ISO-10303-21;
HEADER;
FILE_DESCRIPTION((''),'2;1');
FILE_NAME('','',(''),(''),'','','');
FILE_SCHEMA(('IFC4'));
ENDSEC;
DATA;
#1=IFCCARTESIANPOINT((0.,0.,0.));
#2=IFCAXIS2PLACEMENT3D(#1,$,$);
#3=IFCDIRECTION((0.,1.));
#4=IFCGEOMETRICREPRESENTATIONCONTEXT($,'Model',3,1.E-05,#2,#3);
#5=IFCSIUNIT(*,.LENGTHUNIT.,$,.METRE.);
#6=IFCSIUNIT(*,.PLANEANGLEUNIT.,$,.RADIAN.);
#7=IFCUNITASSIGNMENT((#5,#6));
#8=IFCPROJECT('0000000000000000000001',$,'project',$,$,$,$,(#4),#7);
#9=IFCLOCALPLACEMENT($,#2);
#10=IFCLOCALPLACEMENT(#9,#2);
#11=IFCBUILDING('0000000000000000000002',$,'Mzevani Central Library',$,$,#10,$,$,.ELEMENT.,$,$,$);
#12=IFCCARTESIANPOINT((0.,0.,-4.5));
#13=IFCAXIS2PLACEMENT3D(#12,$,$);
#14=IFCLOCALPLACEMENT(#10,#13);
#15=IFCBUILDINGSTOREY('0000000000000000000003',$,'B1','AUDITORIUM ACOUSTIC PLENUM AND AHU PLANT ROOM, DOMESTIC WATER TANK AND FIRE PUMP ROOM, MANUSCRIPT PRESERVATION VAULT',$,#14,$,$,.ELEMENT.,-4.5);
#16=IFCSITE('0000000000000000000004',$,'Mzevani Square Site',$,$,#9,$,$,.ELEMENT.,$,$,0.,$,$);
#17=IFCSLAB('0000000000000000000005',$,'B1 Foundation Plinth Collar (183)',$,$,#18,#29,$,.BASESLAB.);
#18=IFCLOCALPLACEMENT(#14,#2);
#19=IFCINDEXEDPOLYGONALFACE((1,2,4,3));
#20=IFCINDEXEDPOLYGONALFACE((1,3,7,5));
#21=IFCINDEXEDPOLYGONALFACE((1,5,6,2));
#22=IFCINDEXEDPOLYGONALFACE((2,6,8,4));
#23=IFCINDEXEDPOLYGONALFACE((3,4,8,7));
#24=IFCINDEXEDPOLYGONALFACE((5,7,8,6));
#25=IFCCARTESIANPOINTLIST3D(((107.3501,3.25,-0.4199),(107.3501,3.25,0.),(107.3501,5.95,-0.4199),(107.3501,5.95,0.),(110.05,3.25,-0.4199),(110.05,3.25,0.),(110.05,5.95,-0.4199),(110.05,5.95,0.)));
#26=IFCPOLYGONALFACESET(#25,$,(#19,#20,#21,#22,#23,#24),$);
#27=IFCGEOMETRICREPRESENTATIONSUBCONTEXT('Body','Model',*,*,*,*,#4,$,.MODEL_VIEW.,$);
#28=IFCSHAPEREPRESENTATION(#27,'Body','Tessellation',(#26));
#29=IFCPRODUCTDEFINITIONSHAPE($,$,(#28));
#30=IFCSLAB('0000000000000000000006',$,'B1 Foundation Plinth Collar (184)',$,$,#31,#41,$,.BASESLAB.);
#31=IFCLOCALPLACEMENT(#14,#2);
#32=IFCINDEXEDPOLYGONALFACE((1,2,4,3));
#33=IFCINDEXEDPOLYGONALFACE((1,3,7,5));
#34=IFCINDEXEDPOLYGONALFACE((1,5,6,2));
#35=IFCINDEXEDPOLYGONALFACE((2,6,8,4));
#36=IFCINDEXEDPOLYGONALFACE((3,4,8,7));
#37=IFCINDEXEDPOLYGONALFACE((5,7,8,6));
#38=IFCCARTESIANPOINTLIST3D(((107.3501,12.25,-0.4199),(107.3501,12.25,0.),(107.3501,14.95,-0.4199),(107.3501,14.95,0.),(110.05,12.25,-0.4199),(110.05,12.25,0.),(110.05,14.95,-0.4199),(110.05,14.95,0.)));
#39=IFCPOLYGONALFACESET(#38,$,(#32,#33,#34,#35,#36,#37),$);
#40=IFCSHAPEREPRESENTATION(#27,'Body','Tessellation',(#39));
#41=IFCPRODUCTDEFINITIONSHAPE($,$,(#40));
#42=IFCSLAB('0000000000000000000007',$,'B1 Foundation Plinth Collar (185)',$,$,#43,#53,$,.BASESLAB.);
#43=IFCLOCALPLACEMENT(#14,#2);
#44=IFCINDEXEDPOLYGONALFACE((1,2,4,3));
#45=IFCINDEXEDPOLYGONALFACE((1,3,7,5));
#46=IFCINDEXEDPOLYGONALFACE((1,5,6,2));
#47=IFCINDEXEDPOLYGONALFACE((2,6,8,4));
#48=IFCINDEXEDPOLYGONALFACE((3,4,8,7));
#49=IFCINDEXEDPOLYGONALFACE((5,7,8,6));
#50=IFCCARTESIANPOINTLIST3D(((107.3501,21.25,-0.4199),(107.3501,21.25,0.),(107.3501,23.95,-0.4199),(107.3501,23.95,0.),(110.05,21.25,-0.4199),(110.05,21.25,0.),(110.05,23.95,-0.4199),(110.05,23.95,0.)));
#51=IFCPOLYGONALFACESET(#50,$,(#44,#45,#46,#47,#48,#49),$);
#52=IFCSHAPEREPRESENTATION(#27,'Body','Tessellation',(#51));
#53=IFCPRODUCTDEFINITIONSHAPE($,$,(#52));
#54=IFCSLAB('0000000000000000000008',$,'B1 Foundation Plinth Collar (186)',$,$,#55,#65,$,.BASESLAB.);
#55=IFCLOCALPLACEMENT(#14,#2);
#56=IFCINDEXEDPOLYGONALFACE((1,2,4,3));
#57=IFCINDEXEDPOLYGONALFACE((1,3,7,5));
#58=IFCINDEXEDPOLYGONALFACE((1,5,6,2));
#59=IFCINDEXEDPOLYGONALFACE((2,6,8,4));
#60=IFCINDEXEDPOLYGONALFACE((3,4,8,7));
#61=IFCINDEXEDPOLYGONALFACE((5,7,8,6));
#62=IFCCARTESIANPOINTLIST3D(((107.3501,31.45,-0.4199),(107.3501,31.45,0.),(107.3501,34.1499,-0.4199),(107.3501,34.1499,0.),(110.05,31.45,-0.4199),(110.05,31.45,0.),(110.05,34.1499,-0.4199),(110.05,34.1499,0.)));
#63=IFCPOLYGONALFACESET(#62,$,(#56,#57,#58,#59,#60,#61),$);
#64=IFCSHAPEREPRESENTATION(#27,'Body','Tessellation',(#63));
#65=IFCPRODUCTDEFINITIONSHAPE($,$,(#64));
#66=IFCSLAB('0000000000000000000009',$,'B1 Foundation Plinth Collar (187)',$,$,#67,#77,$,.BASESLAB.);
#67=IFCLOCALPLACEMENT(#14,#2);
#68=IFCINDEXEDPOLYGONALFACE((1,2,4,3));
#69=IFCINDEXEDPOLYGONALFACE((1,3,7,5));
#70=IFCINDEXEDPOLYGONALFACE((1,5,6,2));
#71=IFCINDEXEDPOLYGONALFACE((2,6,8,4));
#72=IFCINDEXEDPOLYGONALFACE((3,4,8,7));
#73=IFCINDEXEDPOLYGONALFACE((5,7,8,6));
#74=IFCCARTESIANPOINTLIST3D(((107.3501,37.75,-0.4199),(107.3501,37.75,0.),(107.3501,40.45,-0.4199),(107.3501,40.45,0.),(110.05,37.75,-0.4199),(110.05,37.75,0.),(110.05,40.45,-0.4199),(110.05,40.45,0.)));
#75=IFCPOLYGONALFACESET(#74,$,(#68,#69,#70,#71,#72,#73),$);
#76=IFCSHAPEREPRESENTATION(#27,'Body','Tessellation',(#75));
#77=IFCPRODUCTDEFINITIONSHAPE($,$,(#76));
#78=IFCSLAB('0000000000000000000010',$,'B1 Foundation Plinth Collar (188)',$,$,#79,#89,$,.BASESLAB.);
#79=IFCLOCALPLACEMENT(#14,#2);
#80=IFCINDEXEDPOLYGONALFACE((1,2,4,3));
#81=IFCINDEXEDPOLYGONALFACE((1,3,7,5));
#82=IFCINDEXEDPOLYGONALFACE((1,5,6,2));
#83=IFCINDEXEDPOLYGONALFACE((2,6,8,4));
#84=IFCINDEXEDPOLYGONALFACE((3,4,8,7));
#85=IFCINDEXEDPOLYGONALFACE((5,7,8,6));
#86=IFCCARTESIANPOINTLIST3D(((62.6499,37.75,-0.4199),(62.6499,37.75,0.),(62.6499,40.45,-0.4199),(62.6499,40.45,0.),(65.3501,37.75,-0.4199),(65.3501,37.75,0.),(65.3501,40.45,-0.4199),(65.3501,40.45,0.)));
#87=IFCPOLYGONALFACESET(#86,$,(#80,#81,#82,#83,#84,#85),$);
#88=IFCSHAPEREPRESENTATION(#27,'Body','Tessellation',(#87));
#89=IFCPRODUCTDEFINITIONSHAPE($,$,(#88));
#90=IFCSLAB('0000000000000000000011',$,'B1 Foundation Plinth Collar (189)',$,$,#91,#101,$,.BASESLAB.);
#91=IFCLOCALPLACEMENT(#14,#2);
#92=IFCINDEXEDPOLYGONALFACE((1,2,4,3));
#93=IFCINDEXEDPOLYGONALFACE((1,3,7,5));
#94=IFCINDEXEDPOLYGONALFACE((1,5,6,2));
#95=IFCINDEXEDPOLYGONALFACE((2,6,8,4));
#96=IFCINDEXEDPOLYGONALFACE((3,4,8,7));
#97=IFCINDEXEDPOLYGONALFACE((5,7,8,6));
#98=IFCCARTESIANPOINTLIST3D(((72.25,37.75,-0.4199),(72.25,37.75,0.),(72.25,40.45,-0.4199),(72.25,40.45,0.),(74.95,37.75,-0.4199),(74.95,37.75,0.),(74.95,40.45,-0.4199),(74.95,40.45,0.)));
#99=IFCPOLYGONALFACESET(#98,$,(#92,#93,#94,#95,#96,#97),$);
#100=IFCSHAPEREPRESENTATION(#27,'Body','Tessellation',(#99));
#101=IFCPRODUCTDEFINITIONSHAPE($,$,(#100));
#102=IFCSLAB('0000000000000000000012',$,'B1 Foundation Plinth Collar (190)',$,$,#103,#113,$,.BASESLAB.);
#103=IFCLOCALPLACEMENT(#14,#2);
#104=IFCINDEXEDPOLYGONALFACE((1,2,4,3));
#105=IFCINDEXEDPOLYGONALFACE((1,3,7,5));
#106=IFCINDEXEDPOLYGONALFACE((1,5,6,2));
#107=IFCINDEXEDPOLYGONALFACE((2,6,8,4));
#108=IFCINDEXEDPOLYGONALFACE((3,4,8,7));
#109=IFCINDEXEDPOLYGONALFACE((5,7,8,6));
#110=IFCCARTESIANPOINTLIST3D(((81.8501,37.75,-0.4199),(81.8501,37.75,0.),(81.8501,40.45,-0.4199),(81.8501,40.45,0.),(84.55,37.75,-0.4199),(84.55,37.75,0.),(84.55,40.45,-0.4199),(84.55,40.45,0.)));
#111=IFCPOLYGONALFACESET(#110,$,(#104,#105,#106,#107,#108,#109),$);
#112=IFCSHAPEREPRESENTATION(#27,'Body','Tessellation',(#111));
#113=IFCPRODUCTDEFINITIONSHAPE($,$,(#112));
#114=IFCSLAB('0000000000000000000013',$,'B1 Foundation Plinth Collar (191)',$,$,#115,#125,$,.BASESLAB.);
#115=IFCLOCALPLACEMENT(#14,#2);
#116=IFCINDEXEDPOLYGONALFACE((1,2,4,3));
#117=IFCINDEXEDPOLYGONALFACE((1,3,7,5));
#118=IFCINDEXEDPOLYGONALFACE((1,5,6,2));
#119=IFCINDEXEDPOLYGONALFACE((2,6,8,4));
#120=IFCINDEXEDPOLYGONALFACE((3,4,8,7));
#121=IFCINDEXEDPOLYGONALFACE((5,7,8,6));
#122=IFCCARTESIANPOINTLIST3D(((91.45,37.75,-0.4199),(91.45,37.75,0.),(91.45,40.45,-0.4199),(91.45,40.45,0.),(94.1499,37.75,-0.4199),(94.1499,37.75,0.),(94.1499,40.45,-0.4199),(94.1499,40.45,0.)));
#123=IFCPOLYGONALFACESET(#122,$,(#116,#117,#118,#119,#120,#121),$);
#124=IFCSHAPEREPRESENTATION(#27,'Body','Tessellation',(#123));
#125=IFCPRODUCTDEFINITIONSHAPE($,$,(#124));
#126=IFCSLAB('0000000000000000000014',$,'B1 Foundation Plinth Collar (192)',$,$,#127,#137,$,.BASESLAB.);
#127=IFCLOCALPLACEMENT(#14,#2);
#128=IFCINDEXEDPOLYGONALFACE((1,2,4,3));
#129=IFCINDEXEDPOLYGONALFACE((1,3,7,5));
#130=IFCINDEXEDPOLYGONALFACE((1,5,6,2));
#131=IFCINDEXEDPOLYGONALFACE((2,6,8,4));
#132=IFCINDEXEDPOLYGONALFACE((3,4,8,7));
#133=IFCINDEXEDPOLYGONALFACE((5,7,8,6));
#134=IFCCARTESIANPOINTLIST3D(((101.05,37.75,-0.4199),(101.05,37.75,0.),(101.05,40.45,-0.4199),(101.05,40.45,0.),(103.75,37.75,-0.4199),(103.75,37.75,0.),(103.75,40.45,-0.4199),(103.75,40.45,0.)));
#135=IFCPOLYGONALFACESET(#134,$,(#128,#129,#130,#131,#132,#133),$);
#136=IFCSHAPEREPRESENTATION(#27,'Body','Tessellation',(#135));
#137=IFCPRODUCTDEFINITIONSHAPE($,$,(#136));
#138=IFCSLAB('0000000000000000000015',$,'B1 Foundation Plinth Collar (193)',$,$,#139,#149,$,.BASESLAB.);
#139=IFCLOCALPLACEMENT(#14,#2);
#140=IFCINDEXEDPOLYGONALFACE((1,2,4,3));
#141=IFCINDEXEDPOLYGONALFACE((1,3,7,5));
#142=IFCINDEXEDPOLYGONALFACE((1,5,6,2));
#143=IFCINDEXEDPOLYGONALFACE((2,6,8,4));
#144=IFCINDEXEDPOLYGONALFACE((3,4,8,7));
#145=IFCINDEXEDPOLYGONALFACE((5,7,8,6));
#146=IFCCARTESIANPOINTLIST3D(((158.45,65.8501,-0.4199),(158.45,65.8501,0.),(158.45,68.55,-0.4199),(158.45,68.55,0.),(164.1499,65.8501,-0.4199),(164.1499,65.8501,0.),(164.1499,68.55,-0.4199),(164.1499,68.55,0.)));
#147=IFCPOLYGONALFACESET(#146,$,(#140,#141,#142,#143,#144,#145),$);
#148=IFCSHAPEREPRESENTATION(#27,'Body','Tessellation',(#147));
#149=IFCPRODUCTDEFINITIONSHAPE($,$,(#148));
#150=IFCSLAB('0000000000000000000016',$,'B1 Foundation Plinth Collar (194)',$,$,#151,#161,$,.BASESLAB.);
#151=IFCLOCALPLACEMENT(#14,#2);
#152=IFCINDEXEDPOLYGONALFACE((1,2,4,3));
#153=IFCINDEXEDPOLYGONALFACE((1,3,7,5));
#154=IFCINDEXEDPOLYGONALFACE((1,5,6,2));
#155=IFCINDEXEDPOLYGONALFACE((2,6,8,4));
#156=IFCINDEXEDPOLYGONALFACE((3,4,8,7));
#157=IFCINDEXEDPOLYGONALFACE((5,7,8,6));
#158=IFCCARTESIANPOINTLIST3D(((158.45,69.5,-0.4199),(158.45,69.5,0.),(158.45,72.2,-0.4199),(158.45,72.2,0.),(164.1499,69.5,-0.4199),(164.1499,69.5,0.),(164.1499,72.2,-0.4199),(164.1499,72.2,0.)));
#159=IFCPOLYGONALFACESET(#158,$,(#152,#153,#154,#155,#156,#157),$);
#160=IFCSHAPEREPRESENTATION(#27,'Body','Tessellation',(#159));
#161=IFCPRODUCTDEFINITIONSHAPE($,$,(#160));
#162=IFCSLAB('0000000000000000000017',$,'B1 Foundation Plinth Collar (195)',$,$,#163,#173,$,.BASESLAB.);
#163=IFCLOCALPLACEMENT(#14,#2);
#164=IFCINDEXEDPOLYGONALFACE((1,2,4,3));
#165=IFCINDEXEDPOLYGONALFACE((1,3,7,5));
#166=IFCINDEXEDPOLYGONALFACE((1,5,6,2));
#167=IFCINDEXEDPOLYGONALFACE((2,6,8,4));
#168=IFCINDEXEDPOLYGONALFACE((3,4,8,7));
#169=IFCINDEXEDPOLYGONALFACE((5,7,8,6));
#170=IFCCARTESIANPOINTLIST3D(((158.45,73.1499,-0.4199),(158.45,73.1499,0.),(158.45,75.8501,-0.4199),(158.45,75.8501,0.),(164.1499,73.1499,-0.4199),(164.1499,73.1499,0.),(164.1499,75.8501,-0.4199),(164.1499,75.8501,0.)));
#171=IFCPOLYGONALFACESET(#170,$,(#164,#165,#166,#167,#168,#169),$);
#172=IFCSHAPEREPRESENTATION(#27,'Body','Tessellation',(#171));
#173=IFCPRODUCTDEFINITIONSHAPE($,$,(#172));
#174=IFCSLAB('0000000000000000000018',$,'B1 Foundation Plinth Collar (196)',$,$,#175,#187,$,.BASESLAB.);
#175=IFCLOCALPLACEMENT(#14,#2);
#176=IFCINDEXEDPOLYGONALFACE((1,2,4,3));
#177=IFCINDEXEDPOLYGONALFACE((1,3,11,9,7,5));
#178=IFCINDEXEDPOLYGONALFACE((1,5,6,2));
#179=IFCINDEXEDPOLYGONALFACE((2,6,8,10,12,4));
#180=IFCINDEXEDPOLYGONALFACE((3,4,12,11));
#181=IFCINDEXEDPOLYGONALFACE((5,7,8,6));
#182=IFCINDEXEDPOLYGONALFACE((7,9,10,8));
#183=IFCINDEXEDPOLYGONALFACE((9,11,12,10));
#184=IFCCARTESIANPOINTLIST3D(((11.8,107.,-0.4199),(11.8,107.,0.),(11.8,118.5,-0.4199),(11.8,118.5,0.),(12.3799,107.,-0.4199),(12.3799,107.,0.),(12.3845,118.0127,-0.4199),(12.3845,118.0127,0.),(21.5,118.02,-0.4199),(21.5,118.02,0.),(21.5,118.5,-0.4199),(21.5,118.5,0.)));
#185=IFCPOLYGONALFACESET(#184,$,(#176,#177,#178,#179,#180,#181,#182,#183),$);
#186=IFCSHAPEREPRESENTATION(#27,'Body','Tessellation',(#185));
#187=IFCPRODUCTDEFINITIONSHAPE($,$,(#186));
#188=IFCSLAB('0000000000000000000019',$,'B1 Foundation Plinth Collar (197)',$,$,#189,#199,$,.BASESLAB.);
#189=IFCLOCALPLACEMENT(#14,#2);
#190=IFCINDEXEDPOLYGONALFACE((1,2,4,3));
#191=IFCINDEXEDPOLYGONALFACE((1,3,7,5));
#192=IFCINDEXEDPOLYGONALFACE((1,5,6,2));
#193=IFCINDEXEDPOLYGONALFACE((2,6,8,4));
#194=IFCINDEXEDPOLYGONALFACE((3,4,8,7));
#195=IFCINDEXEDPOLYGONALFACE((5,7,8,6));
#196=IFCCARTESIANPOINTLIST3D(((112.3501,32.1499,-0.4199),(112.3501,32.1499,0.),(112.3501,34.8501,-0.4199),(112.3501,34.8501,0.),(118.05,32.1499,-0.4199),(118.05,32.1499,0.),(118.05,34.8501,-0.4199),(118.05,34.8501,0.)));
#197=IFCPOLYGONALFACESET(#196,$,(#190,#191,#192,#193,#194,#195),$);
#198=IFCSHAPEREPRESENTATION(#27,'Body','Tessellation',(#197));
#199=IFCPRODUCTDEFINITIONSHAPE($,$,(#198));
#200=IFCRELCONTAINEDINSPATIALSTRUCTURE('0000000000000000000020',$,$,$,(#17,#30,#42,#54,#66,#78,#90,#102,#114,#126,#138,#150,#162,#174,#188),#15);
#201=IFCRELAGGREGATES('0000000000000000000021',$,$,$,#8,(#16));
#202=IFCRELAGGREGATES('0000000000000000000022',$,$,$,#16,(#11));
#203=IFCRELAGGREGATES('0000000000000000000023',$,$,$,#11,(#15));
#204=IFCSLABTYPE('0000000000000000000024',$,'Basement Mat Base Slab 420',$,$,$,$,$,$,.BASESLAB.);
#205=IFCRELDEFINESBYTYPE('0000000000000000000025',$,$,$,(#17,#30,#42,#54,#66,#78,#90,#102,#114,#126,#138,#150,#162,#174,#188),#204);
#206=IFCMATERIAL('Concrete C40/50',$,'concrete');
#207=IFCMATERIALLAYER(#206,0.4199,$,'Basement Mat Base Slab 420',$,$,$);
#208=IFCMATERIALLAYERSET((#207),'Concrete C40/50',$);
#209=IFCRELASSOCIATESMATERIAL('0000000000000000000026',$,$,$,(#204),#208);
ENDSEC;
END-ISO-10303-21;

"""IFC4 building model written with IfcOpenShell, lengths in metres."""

from ifc_helpers import new_model, si_unit, direction, frame, origin, place, context, subcontext, project, spatial, polyline, outline, extrude, material, layer, layer_set, type_object, element, save


model = new_model("IFC4")

# Units and contexts
model_context = context("Model", 3, precision=1e-05, world=origin(), true_north=direction((0.0, 1.0)))
body_context = subcontext(model_context, "Body", "Model", "MODEL_VIEW")
ifc_project = project(units=[si_unit("LENGTHUNIT", "METRE"), si_unit("PLANEANGLEUNIT", "RADIAN")], contexts=[model_context])

# Site, building, storey
site_placement = place(None, origin())
site = spatial("IfcSite", under=ifc_project, at=site_placement, Name="Mzevani Square Site", CompositionType="ELEMENT", RefElevation=0.0)
building_placement = place(site_placement, origin())
building = spatial("IfcBuilding", under=site, at=building_placement, Name="Mzevani Central Library", CompositionType="ELEMENT")
storey_placement = place(building_placement, frame((0.0, 0.0, -4.5)))
storey = spatial("IfcBuildingStorey", under=building, at=storey_placement, Name="B1", Description="AUDITORIUM ACOUSTIC PLENUM AND AHU PLANT ROOM, DOMESTIC WATER TANK AND FIRE PUMP ROOM, MANUSCRIPT PRESERVATION VAULT", CompositionType="ELEMENT", Elevation=-4.5)

# Slabs
ifc_material = material(Name="Concrete C40/50", Category="concrete")
ifc_layer = layer(ifc_material, 0.4199, Name="Basement Mat Base Slab 420")
ifc_layer_set = layer_set([ifc_layer], Name="Concrete C40/50")
slab_type = type_object("IfcSlabType", Name="Basement Mat Base Slab 420", PredefinedType="BASESLAB", material=ifc_layer_set)
slab_1_placement = place(storey_placement, frame((0.0, 0.0, -0.4199)))
element("IfcSlab", 1, at=slab_1_placement, inside=storey, type_object=slab_type, Name="B1 Foundation Plinth Collar (183)", PredefinedType="BASESLAB", context=body_context, shape_type="SweptSolid", body=[
    extrude(outline(polyline([(107.3501, 5.95), (110.05, 5.95), (110.05, 3.25), (107.3501, 3.25), (107.3501, 5.95)])), origin(), (0.0, 0.0, 1.0), 0.4199),
])
slab_2_placement = place(storey_placement, frame((0.0, 0.0, -0.4199)))
element("IfcSlab", 2, at=slab_2_placement, inside=storey, type_object=slab_type, Name="B1 Foundation Plinth Collar (184)", PredefinedType="BASESLAB", context=body_context, shape_type="SweptSolid", body=[
    extrude(outline(polyline([(107.3501, 14.95), (110.05, 14.95), (110.05, 12.25), (107.3501, 12.25), (107.3501, 14.95)])), origin(), (0.0, 0.0, 1.0), 0.4199),
])
slab_3_placement = place(storey_placement, frame((0.0, 0.0, -0.4199)))
element("IfcSlab", 3, at=slab_3_placement, inside=storey, type_object=slab_type, Name="B1 Foundation Plinth Collar (185)", PredefinedType="BASESLAB", context=body_context, shape_type="SweptSolid", body=[
    extrude(outline(polyline([(107.3501, 23.95), (110.05, 23.95), (110.05, 21.25), (107.3501, 21.25), (107.3501, 23.95)])), origin(), (0.0, 0.0, 1.0), 0.4199),
])
slab_4_placement = place(storey_placement, frame((0.0, 0.0, -0.4199)))
element("IfcSlab", 4, at=slab_4_placement, inside=storey, type_object=slab_type, Name="B1 Foundation Plinth Collar (186)", PredefinedType="BASESLAB", context=body_context, shape_type="SweptSolid", body=[
    extrude(outline(polyline([(107.3501, 34.1499), (110.05, 34.1499), (110.05, 31.45), (107.3501, 31.45), (107.3501, 34.1499)])), origin(), (0.0, 0.0, 1.0), 0.4199),
])
slab_5_placement = place(storey_placement, frame((0.0, 0.0, -0.4199)))
element("IfcSlab", 5, at=slab_5_placement, inside=storey, type_object=slab_type, Name="B1 Foundation Plinth Collar (187)", PredefinedType="BASESLAB", context=body_context, shape_type="SweptSolid", body=[
    extrude(outline(polyline([(107.3501, 40.45), (110.05, 40.45), (110.05, 37.75), (107.3501, 37.75), (107.3501, 40.45)])), origin(), (0.0, 0.0, 1.0), 0.4199),
])
slab_6_placement = place(storey_placement, frame((0.0, 0.0, -0.4199)))
element("IfcSlab", 6, at=slab_6_placement, inside=storey, type_object=slab_type, Name="B1 Foundation Plinth Collar (188)", PredefinedType="BASESLAB", context=body_context, shape_type="SweptSolid", body=[
    extrude(outline(polyline([(62.6499, 40.45), (65.3501, 40.45), (65.3501, 37.75), (62.6499, 37.75), (62.6499, 40.45)])), origin(), (0.0, 0.0, 1.0), 0.4199),
])
slab_7_placement = place(storey_placement, frame((0.0, 0.0, -0.4199)))
element("IfcSlab", 7, at=slab_7_placement, inside=storey, type_object=slab_type, Name="B1 Foundation Plinth Collar (189)", PredefinedType="BASESLAB", context=body_context, shape_type="SweptSolid", body=[
    extrude(outline(polyline([(72.25, 40.45), (74.95, 40.45), (74.95, 37.75), (72.25, 37.75), (72.25, 40.45)])), origin(), (0.0, 0.0, 1.0), 0.4199),
])
slab_8_placement = place(storey_placement, frame((0.0, 0.0, -0.4199)))
element("IfcSlab", 8, at=slab_8_placement, inside=storey, type_object=slab_type, Name="B1 Foundation Plinth Collar (190)", PredefinedType="BASESLAB", context=body_context, shape_type="SweptSolid", body=[
    extrude(outline(polyline([(81.8501, 40.45), (84.55, 40.45), (84.55, 37.75), (81.8501, 37.75), (81.8501, 40.45)])), origin(), (0.0, 0.0, 1.0), 0.4199),
])
slab_9_placement = place(storey_placement, frame((0.0, 0.0, -0.4199)))
element("IfcSlab", 9, at=slab_9_placement, inside=storey, type_object=slab_type, Name="B1 Foundation Plinth Collar (191)", PredefinedType="BASESLAB", context=body_context, shape_type="SweptSolid", body=[
    extrude(outline(polyline([(91.45, 40.45), (94.1499, 40.45), (94.1499, 37.75), (91.45, 37.75), (91.45, 40.45)])), origin(), (0.0, 0.0, 1.0), 0.4199),
])
slab_10_placement = place(storey_placement, frame((0.0, 0.0, -0.4199)))
element("IfcSlab", 10, at=slab_10_placement, inside=storey, type_object=slab_type, Name="B1 Foundation Plinth Collar (192)", PredefinedType="BASESLAB", context=body_context, shape_type="SweptSolid", body=[
    extrude(outline(polyline([(101.05, 40.45), (103.75, 40.45), (103.75, 37.75), (101.05, 37.75), (101.05, 40.45)])), origin(), (0.0, 0.0, 1.0), 0.4199),
])
slab_11_placement = place(storey_placement, frame((0.0, 0.0, -0.4199)))
element("IfcSlab", 11, at=slab_11_placement, inside=storey, type_object=slab_type, Name="B1 Foundation Plinth Collar (193)", PredefinedType="BASESLAB", context=body_context, shape_type="SweptSolid", body=[
    extrude(outline(polyline([(158.45, 68.55), (164.1499, 68.55), (164.1499, 65.8501), (158.45, 65.8501), (158.45, 68.55)])), origin(), (0.0, 0.0, 1.0), 0.4199),
])
slab_12_placement = place(storey_placement, frame((0.0, 0.0, -0.4199)))
element("IfcSlab", 12, at=slab_12_placement, inside=storey, type_object=slab_type, Name="B1 Foundation Plinth Collar (194)", PredefinedType="BASESLAB", context=body_context, shape_type="SweptSolid", body=[
    extrude(outline(polyline([(158.45, 72.2), (164.1499, 72.2), (164.1499, 69.5), (158.45, 69.5), (158.45, 72.2)])), origin(), (0.0, 0.0, 1.0), 0.4199),
])
slab_13_placement = place(storey_placement, frame((0.0, 0.0, -0.4199)))
element("IfcSlab", 13, at=slab_13_placement, inside=storey, type_object=slab_type, Name="B1 Foundation Plinth Collar (195)", PredefinedType="BASESLAB", context=body_context, shape_type="SweptSolid", body=[
    extrude(outline(polyline([(158.45, 75.8501), (164.1499, 75.8501), (164.1499, 73.1499), (158.45, 73.1499), (158.45, 75.8501)])), origin(), (0.0, 0.0, 1.0), 0.4199),
])
slab_14_placement = place(storey_placement, frame((0.0, 0.0, -0.4199)))
element("IfcSlab", 14, at=slab_14_placement, inside=storey, type_object=slab_type, Name="B1 Foundation Plinth Collar (196)", PredefinedType="BASESLAB", context=body_context, shape_type="SweptSolid", body=[
    extrude(outline(polyline([(11.8, 118.5), (21.5, 118.5), (21.5, 118.02), (12.3845, 118.0127), (12.3799, 107.0), (11.8, 107.0), (11.8, 118.5)])), origin(), (0.0, 0.0, 1.0), 0.4199),
])
slab_15_placement = place(storey_placement, frame((0.0, 0.0, -0.4199)))
element("IfcSlab", 15, at=slab_15_placement, inside=storey, type_object=slab_type, Name="B1 Foundation Plinth Collar (197)", PredefinedType="BASESLAB", context=body_context, shape_type="SweptSolid", body=[
    extrude(outline(polyline([(112.3501, 34.8501), (118.05, 34.8501), (118.05, 32.1499), (112.3501, 32.1499), (112.3501, 34.8501)])), origin(), (0.0, 0.0, 1.0), 0.4199),
])

save(model, "model.ifc")
